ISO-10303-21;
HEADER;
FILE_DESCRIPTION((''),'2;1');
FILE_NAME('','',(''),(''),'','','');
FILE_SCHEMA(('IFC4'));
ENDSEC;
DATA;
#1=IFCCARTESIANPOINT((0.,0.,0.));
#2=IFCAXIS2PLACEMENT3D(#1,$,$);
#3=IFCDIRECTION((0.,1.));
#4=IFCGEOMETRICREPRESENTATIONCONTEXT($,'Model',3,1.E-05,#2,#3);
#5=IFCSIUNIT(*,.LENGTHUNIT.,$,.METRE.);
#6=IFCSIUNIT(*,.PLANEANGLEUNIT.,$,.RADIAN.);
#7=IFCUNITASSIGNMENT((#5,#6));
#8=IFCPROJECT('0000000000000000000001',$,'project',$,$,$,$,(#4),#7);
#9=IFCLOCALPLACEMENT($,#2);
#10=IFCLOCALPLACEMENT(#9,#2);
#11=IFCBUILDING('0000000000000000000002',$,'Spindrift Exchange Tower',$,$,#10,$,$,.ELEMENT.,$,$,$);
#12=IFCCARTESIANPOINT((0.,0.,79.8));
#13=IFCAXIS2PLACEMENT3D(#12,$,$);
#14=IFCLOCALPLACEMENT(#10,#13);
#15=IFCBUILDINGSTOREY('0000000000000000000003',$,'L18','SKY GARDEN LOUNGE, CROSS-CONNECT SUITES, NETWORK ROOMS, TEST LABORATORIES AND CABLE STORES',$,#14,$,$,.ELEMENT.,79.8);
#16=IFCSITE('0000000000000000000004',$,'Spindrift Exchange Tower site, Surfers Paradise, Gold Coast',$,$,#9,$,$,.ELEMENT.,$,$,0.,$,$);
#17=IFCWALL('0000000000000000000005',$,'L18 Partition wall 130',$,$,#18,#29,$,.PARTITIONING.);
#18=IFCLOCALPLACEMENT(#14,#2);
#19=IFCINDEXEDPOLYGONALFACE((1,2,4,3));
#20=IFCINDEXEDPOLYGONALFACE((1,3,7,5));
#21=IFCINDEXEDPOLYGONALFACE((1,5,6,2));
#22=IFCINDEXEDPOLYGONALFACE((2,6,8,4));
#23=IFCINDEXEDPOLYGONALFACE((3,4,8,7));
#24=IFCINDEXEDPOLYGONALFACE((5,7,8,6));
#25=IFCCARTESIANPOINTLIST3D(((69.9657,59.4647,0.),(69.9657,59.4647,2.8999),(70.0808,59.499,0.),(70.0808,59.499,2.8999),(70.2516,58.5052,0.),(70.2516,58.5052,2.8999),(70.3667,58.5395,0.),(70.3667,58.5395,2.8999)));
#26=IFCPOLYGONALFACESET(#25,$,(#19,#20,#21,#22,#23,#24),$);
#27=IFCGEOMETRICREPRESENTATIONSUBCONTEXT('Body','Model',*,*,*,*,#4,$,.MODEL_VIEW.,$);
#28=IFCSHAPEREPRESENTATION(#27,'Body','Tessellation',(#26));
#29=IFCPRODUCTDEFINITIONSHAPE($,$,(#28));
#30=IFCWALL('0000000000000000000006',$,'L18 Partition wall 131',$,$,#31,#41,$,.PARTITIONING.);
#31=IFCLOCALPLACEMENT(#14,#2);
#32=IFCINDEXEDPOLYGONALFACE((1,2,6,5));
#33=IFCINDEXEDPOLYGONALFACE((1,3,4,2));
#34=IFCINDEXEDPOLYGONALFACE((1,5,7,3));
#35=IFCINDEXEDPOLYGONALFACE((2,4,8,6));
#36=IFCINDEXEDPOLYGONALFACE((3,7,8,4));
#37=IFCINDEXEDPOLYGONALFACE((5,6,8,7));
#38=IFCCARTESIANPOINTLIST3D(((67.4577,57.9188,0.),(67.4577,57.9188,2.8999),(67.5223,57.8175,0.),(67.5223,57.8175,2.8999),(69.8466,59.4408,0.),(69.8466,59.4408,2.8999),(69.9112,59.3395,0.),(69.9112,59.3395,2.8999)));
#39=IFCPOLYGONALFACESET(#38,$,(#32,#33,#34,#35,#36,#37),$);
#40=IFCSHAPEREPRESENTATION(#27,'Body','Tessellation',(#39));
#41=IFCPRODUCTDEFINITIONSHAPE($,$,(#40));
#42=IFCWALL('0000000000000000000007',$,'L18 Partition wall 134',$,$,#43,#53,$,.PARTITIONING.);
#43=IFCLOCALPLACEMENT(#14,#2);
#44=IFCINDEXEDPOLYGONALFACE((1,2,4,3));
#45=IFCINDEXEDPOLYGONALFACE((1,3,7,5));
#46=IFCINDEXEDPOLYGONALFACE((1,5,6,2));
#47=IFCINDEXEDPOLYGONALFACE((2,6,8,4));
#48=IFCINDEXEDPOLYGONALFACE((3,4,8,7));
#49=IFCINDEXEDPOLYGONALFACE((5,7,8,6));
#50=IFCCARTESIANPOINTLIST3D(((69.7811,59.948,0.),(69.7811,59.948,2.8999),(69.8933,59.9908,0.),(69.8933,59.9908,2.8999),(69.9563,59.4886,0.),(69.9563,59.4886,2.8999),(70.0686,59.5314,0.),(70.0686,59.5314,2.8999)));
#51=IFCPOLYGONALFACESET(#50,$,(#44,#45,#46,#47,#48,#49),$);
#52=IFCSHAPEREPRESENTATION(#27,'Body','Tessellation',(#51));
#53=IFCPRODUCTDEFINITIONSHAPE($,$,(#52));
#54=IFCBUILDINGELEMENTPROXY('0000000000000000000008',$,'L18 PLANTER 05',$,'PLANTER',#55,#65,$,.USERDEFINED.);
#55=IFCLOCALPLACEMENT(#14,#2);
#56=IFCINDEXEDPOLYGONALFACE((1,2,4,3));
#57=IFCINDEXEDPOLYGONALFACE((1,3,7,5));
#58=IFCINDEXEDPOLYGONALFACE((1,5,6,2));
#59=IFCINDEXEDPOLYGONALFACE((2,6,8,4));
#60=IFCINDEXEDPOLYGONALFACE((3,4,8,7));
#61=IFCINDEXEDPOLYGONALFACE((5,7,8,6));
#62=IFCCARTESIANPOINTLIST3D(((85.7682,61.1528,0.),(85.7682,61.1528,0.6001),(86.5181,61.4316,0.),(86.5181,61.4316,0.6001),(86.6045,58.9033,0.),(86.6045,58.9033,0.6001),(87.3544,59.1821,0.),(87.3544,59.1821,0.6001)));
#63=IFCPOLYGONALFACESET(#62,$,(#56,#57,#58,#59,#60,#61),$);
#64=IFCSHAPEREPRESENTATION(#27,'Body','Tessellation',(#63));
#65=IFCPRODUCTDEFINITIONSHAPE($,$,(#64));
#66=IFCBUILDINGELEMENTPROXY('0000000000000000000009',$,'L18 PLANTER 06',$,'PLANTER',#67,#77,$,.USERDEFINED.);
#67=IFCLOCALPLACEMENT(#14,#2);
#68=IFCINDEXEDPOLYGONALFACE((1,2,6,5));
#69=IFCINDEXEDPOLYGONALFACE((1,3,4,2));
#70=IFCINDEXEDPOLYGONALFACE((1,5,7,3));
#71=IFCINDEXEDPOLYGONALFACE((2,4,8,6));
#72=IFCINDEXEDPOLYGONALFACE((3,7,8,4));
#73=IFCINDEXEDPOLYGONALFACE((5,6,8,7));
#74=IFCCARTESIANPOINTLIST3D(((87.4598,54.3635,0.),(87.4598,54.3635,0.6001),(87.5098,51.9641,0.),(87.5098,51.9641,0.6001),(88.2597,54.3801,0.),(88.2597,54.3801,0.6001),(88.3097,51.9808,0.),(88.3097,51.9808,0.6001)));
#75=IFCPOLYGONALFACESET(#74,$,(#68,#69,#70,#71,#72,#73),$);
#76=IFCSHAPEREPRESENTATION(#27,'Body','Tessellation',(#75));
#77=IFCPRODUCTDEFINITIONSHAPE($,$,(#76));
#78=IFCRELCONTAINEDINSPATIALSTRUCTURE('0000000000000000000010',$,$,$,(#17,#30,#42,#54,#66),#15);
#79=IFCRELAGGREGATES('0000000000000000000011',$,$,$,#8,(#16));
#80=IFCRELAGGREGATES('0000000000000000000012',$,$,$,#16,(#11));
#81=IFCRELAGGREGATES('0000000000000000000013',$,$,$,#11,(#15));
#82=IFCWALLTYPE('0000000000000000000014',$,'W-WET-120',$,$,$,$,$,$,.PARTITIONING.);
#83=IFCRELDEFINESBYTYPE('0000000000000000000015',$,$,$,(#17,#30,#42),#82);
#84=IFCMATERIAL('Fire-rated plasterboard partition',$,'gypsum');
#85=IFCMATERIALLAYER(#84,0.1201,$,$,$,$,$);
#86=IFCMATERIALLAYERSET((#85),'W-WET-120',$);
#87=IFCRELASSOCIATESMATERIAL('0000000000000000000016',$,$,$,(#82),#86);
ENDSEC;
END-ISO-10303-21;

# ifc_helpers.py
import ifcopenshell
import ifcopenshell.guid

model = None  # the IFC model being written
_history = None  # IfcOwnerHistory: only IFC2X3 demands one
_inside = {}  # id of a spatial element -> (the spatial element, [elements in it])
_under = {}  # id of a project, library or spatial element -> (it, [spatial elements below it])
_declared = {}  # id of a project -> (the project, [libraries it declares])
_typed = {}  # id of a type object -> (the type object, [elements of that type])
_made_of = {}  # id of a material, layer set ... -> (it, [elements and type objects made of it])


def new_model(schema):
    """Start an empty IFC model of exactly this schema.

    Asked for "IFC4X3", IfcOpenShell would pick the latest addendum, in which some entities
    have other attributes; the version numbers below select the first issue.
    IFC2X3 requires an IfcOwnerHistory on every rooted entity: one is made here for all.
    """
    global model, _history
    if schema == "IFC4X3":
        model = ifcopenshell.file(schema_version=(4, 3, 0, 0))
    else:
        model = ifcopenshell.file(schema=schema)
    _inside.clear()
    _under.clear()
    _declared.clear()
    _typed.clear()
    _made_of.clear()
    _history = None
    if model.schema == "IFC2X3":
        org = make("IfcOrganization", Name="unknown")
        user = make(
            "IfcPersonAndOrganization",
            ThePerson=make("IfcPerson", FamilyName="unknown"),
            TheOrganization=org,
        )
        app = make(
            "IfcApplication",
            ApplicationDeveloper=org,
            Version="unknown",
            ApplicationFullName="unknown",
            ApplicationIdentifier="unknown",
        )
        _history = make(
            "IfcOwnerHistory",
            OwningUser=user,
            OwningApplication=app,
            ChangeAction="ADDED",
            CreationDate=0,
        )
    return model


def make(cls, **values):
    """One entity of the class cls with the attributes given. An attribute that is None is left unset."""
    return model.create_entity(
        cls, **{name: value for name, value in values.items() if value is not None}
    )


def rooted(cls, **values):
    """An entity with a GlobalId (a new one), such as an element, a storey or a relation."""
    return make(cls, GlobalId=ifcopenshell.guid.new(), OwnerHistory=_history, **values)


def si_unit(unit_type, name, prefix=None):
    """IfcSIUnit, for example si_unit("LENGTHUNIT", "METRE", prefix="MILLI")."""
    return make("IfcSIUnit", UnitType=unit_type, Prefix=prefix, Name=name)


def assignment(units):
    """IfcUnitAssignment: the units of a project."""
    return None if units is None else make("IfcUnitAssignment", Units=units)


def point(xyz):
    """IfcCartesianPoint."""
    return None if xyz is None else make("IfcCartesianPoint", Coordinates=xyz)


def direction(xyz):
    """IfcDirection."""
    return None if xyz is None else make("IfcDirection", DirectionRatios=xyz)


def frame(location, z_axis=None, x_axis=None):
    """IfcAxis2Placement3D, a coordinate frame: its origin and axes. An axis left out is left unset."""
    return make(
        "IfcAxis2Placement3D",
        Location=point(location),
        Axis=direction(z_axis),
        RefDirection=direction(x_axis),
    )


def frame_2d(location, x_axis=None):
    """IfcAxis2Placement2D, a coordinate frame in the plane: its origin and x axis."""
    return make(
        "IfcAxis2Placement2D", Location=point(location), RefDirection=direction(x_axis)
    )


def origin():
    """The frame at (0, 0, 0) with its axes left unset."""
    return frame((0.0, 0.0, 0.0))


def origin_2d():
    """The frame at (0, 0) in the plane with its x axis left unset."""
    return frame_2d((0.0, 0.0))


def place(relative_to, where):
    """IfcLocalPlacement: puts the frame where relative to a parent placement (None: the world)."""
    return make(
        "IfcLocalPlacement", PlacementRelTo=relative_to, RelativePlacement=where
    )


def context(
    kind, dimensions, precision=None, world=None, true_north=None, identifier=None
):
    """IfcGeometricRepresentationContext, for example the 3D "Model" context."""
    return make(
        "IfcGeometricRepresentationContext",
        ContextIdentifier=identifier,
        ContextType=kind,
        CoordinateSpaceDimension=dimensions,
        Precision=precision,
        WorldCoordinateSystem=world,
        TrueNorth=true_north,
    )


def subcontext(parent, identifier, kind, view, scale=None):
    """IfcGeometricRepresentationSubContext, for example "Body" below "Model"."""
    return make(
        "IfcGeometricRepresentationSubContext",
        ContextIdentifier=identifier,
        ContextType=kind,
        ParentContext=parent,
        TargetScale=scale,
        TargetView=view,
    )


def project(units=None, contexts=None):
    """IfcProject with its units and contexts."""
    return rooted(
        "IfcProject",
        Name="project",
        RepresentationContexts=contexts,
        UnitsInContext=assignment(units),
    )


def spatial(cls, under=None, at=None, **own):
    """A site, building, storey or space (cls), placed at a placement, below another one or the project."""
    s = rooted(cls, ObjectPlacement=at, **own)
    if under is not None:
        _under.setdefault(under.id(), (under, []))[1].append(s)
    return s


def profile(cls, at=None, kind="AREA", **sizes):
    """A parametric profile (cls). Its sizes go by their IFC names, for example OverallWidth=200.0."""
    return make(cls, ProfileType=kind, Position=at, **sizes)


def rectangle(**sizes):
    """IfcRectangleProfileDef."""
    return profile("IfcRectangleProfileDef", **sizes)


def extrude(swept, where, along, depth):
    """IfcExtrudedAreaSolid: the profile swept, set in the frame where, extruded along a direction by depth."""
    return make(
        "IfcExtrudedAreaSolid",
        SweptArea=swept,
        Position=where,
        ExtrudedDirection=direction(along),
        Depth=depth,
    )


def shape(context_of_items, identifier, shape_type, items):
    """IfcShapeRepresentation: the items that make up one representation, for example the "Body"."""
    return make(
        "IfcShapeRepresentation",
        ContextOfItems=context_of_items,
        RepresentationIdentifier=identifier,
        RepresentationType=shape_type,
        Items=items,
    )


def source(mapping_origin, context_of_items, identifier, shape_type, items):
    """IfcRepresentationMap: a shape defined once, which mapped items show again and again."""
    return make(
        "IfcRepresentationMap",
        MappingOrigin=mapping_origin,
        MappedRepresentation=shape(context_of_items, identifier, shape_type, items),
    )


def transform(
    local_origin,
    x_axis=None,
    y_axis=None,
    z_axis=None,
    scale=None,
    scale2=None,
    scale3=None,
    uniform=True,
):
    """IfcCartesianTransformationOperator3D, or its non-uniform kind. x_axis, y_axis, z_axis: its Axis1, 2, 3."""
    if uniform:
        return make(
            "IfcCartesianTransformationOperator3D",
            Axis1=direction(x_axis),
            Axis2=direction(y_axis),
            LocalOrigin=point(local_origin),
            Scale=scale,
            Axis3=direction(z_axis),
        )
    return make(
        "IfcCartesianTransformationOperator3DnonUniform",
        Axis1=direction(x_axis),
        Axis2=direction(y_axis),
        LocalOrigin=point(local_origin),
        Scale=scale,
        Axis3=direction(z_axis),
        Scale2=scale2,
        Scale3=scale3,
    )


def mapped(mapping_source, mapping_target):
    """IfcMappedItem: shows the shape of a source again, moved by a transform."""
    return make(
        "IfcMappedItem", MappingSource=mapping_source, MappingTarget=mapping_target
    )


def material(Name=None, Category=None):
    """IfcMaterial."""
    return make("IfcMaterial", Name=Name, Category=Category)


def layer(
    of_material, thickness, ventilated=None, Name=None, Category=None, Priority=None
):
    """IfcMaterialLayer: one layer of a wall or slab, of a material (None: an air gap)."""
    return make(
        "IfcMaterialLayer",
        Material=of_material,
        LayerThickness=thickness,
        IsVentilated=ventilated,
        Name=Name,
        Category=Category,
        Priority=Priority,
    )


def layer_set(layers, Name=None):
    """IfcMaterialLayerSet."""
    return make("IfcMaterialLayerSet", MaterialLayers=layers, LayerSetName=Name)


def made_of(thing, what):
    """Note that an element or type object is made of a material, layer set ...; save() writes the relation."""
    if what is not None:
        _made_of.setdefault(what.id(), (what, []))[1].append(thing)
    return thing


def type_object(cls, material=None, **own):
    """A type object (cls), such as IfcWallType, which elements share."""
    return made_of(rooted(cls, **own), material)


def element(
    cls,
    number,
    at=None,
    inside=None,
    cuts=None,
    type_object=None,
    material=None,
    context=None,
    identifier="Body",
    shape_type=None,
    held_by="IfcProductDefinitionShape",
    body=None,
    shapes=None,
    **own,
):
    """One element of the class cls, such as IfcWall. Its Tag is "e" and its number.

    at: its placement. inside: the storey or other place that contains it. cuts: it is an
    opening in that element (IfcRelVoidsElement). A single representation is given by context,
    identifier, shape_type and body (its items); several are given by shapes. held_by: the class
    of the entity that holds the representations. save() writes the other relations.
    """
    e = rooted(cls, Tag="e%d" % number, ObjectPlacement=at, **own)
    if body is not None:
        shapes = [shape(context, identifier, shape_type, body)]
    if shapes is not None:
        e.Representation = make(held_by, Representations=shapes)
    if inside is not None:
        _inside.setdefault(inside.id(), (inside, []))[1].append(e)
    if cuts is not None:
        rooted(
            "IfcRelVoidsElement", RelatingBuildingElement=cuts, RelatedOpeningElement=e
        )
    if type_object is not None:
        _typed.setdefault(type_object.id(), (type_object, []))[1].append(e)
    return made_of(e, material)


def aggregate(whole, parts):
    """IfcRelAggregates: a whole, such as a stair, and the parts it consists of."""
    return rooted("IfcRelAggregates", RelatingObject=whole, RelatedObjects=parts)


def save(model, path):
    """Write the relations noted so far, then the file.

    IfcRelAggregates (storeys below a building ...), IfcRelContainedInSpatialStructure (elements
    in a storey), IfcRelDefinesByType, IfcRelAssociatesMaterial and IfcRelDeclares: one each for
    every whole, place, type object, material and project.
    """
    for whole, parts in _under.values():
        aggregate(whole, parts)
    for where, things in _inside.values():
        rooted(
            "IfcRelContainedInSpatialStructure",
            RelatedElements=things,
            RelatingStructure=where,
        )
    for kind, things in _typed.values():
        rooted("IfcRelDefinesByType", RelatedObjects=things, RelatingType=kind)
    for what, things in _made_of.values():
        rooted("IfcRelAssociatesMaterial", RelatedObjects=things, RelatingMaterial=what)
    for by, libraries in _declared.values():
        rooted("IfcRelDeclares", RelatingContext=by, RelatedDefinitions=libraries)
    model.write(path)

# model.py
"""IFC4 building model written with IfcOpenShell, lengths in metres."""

from ifc_helpers import new_model, si_unit, direction, frame, frame_2d, origin, origin_2d, place, context, subcontext, project, spatial, rectangle, extrude, source, transform, mapped, material, layer, layer_set, type_object, element, save


model = new_model("IFC4")

# Units and contexts
model_context = context("Model", 3, precision=1e-05, world=origin(), true_north=direction((0.0, 1.0)))
body_context = subcontext(model_context, "Body", "Model", "MODEL_VIEW")
ifc_project = project(units=[si_unit("LENGTHUNIT", "METRE"), si_unit("PLANEANGLEUNIT", "RADIAN")], contexts=[model_context])

# Site, building, storey
site_placement = place(None, origin())
site = spatial("IfcSite", under=ifc_project, at=site_placement, Name="Spindrift Exchange Tower site, Surfers Paradise, Gold Coast", CompositionType="ELEMENT", RefElevation=0.0)
building_placement = place(site_placement, origin())
building = spatial("IfcBuilding", under=site, at=building_placement, Name="Spindrift Exchange Tower", CompositionType="ELEMENT")
storey_placement = place(building_placement, frame((0.0, 0.0, 79.8)))
storey = spatial("IfcBuildingStorey", under=building, at=storey_placement, Name="L18", Description="SKY GARDEN LOUNGE, CROSS-CONNECT SUITES, NETWORK ROOMS, TEST LABORATORIES AND CABLE STORES", CompositionType="ELEMENT", Elevation=79.8)

# Shared definitions
ifc_material_1 = material(Name="Fire-rated plasterboard partition", Category="gypsum")

# Walls
ifc_layer_1 = layer(ifc_material_1, 0.1201)
ifc_layer_set_1 = layer_set([ifc_layer_1], Name="W-WET-120")
wall_type_1 = type_object("IfcWallType", Name="W-WET-120", PredefinedType="PARTITIONING", material=ifc_layer_set_1)
wall_1_placement = place(storey_placement, frame((70.3091, 58.5225, 0.0), z_axis=(0.0, 0.0, 1.0), x_axis=(-0.285558, 0.958362, 0.0)))
element("IfcWall", 1, at=wall_1_placement, inside=storey, type_object=wall_type_1, Name="L18 Partition wall 130", PredefinedType="PARTITIONING", context=body_context, shape_type="SweptSolid", body=[
    extrude(rectangle(XDim=1.0012, YDim=0.1201, at=frame_2d((0.5005, 0.0))), origin(), (0.0, 0.0, 1.0), 2.8999),
])
wall_2_placement = place(storey_placement, frame((67.49, 57.8682, 0.0), z_axis=(0.0, 0.0, 1.0), x_axis=(0.843381, 0.537316, 0.0)))
element("IfcWall", 2, at=wall_2_placement, inside=storey, type_object=wall_type_1, Name="L18 Partition wall 131", PredefinedType="PARTITIONING", context=body_context, shape_type="SweptSolid", body=[
    extrude(rectangle(XDim=2.8325, YDim=0.1201, at=frame_2d((1.4163, 0.0))), origin(), (0.0, 0.0, 1.0), 2.8999),
])
wall_3_placement = place(storey_placement, frame((70.0125, 59.51, 0.0), z_axis=(0.0, 0.0, 1.0), x_axis=(-0.356449, 0.934315, 0.0)))
element("IfcWall", 3, at=wall_3_placement, inside=storey, type_object=wall_type_1, Name="L18 Partition wall 134", PredefinedType="PARTITIONING", context=body_context, shape_type="SweptSolid", body=[
    extrude(rectangle(XDim=0.4917, YDim=0.1201, at=frame_2d((0.2458, 0.0))), origin(), (0.0, 0.0, 1.0), 2.8999),
])

# Building element proxies
shared_shape_1 = source(origin(), body_context, "Body", "SweptSolid", [
    extrude(rectangle(XDim=2.3999, YDim=0.8, at=origin_2d()), origin(), (0.0, 0.0, 1.0), 0.6001),
])
for number, where, z_axis, x_axis, name in (
    (4, (86.5613, 60.1675, 0.0), (0.0, 0.0, 1.0), (0.348467, -0.937321, 0.0), "L18 PLANTER 05"),
    (5, (87.8848, 53.1721, 0.0), (0.0, 0.0, 1.0), (0.020846, -0.999783, 0.0), "L18 PLANTER 06"),
):
    element("IfcBuildingElementProxy", number, at=place(storey_placement, frame(where, z_axis=z_axis, x_axis=x_axis)), inside=storey, Name=name, ObjectType="PLANTER", PredefinedType="USERDEFINED", context=body_context, shape_type="MappedRepresentation", body=[
        mapped(shared_shape_1, transform((0.0, 0.0, 0.0), scale=1.0)),
    ])

save(model, "model.ifc")
